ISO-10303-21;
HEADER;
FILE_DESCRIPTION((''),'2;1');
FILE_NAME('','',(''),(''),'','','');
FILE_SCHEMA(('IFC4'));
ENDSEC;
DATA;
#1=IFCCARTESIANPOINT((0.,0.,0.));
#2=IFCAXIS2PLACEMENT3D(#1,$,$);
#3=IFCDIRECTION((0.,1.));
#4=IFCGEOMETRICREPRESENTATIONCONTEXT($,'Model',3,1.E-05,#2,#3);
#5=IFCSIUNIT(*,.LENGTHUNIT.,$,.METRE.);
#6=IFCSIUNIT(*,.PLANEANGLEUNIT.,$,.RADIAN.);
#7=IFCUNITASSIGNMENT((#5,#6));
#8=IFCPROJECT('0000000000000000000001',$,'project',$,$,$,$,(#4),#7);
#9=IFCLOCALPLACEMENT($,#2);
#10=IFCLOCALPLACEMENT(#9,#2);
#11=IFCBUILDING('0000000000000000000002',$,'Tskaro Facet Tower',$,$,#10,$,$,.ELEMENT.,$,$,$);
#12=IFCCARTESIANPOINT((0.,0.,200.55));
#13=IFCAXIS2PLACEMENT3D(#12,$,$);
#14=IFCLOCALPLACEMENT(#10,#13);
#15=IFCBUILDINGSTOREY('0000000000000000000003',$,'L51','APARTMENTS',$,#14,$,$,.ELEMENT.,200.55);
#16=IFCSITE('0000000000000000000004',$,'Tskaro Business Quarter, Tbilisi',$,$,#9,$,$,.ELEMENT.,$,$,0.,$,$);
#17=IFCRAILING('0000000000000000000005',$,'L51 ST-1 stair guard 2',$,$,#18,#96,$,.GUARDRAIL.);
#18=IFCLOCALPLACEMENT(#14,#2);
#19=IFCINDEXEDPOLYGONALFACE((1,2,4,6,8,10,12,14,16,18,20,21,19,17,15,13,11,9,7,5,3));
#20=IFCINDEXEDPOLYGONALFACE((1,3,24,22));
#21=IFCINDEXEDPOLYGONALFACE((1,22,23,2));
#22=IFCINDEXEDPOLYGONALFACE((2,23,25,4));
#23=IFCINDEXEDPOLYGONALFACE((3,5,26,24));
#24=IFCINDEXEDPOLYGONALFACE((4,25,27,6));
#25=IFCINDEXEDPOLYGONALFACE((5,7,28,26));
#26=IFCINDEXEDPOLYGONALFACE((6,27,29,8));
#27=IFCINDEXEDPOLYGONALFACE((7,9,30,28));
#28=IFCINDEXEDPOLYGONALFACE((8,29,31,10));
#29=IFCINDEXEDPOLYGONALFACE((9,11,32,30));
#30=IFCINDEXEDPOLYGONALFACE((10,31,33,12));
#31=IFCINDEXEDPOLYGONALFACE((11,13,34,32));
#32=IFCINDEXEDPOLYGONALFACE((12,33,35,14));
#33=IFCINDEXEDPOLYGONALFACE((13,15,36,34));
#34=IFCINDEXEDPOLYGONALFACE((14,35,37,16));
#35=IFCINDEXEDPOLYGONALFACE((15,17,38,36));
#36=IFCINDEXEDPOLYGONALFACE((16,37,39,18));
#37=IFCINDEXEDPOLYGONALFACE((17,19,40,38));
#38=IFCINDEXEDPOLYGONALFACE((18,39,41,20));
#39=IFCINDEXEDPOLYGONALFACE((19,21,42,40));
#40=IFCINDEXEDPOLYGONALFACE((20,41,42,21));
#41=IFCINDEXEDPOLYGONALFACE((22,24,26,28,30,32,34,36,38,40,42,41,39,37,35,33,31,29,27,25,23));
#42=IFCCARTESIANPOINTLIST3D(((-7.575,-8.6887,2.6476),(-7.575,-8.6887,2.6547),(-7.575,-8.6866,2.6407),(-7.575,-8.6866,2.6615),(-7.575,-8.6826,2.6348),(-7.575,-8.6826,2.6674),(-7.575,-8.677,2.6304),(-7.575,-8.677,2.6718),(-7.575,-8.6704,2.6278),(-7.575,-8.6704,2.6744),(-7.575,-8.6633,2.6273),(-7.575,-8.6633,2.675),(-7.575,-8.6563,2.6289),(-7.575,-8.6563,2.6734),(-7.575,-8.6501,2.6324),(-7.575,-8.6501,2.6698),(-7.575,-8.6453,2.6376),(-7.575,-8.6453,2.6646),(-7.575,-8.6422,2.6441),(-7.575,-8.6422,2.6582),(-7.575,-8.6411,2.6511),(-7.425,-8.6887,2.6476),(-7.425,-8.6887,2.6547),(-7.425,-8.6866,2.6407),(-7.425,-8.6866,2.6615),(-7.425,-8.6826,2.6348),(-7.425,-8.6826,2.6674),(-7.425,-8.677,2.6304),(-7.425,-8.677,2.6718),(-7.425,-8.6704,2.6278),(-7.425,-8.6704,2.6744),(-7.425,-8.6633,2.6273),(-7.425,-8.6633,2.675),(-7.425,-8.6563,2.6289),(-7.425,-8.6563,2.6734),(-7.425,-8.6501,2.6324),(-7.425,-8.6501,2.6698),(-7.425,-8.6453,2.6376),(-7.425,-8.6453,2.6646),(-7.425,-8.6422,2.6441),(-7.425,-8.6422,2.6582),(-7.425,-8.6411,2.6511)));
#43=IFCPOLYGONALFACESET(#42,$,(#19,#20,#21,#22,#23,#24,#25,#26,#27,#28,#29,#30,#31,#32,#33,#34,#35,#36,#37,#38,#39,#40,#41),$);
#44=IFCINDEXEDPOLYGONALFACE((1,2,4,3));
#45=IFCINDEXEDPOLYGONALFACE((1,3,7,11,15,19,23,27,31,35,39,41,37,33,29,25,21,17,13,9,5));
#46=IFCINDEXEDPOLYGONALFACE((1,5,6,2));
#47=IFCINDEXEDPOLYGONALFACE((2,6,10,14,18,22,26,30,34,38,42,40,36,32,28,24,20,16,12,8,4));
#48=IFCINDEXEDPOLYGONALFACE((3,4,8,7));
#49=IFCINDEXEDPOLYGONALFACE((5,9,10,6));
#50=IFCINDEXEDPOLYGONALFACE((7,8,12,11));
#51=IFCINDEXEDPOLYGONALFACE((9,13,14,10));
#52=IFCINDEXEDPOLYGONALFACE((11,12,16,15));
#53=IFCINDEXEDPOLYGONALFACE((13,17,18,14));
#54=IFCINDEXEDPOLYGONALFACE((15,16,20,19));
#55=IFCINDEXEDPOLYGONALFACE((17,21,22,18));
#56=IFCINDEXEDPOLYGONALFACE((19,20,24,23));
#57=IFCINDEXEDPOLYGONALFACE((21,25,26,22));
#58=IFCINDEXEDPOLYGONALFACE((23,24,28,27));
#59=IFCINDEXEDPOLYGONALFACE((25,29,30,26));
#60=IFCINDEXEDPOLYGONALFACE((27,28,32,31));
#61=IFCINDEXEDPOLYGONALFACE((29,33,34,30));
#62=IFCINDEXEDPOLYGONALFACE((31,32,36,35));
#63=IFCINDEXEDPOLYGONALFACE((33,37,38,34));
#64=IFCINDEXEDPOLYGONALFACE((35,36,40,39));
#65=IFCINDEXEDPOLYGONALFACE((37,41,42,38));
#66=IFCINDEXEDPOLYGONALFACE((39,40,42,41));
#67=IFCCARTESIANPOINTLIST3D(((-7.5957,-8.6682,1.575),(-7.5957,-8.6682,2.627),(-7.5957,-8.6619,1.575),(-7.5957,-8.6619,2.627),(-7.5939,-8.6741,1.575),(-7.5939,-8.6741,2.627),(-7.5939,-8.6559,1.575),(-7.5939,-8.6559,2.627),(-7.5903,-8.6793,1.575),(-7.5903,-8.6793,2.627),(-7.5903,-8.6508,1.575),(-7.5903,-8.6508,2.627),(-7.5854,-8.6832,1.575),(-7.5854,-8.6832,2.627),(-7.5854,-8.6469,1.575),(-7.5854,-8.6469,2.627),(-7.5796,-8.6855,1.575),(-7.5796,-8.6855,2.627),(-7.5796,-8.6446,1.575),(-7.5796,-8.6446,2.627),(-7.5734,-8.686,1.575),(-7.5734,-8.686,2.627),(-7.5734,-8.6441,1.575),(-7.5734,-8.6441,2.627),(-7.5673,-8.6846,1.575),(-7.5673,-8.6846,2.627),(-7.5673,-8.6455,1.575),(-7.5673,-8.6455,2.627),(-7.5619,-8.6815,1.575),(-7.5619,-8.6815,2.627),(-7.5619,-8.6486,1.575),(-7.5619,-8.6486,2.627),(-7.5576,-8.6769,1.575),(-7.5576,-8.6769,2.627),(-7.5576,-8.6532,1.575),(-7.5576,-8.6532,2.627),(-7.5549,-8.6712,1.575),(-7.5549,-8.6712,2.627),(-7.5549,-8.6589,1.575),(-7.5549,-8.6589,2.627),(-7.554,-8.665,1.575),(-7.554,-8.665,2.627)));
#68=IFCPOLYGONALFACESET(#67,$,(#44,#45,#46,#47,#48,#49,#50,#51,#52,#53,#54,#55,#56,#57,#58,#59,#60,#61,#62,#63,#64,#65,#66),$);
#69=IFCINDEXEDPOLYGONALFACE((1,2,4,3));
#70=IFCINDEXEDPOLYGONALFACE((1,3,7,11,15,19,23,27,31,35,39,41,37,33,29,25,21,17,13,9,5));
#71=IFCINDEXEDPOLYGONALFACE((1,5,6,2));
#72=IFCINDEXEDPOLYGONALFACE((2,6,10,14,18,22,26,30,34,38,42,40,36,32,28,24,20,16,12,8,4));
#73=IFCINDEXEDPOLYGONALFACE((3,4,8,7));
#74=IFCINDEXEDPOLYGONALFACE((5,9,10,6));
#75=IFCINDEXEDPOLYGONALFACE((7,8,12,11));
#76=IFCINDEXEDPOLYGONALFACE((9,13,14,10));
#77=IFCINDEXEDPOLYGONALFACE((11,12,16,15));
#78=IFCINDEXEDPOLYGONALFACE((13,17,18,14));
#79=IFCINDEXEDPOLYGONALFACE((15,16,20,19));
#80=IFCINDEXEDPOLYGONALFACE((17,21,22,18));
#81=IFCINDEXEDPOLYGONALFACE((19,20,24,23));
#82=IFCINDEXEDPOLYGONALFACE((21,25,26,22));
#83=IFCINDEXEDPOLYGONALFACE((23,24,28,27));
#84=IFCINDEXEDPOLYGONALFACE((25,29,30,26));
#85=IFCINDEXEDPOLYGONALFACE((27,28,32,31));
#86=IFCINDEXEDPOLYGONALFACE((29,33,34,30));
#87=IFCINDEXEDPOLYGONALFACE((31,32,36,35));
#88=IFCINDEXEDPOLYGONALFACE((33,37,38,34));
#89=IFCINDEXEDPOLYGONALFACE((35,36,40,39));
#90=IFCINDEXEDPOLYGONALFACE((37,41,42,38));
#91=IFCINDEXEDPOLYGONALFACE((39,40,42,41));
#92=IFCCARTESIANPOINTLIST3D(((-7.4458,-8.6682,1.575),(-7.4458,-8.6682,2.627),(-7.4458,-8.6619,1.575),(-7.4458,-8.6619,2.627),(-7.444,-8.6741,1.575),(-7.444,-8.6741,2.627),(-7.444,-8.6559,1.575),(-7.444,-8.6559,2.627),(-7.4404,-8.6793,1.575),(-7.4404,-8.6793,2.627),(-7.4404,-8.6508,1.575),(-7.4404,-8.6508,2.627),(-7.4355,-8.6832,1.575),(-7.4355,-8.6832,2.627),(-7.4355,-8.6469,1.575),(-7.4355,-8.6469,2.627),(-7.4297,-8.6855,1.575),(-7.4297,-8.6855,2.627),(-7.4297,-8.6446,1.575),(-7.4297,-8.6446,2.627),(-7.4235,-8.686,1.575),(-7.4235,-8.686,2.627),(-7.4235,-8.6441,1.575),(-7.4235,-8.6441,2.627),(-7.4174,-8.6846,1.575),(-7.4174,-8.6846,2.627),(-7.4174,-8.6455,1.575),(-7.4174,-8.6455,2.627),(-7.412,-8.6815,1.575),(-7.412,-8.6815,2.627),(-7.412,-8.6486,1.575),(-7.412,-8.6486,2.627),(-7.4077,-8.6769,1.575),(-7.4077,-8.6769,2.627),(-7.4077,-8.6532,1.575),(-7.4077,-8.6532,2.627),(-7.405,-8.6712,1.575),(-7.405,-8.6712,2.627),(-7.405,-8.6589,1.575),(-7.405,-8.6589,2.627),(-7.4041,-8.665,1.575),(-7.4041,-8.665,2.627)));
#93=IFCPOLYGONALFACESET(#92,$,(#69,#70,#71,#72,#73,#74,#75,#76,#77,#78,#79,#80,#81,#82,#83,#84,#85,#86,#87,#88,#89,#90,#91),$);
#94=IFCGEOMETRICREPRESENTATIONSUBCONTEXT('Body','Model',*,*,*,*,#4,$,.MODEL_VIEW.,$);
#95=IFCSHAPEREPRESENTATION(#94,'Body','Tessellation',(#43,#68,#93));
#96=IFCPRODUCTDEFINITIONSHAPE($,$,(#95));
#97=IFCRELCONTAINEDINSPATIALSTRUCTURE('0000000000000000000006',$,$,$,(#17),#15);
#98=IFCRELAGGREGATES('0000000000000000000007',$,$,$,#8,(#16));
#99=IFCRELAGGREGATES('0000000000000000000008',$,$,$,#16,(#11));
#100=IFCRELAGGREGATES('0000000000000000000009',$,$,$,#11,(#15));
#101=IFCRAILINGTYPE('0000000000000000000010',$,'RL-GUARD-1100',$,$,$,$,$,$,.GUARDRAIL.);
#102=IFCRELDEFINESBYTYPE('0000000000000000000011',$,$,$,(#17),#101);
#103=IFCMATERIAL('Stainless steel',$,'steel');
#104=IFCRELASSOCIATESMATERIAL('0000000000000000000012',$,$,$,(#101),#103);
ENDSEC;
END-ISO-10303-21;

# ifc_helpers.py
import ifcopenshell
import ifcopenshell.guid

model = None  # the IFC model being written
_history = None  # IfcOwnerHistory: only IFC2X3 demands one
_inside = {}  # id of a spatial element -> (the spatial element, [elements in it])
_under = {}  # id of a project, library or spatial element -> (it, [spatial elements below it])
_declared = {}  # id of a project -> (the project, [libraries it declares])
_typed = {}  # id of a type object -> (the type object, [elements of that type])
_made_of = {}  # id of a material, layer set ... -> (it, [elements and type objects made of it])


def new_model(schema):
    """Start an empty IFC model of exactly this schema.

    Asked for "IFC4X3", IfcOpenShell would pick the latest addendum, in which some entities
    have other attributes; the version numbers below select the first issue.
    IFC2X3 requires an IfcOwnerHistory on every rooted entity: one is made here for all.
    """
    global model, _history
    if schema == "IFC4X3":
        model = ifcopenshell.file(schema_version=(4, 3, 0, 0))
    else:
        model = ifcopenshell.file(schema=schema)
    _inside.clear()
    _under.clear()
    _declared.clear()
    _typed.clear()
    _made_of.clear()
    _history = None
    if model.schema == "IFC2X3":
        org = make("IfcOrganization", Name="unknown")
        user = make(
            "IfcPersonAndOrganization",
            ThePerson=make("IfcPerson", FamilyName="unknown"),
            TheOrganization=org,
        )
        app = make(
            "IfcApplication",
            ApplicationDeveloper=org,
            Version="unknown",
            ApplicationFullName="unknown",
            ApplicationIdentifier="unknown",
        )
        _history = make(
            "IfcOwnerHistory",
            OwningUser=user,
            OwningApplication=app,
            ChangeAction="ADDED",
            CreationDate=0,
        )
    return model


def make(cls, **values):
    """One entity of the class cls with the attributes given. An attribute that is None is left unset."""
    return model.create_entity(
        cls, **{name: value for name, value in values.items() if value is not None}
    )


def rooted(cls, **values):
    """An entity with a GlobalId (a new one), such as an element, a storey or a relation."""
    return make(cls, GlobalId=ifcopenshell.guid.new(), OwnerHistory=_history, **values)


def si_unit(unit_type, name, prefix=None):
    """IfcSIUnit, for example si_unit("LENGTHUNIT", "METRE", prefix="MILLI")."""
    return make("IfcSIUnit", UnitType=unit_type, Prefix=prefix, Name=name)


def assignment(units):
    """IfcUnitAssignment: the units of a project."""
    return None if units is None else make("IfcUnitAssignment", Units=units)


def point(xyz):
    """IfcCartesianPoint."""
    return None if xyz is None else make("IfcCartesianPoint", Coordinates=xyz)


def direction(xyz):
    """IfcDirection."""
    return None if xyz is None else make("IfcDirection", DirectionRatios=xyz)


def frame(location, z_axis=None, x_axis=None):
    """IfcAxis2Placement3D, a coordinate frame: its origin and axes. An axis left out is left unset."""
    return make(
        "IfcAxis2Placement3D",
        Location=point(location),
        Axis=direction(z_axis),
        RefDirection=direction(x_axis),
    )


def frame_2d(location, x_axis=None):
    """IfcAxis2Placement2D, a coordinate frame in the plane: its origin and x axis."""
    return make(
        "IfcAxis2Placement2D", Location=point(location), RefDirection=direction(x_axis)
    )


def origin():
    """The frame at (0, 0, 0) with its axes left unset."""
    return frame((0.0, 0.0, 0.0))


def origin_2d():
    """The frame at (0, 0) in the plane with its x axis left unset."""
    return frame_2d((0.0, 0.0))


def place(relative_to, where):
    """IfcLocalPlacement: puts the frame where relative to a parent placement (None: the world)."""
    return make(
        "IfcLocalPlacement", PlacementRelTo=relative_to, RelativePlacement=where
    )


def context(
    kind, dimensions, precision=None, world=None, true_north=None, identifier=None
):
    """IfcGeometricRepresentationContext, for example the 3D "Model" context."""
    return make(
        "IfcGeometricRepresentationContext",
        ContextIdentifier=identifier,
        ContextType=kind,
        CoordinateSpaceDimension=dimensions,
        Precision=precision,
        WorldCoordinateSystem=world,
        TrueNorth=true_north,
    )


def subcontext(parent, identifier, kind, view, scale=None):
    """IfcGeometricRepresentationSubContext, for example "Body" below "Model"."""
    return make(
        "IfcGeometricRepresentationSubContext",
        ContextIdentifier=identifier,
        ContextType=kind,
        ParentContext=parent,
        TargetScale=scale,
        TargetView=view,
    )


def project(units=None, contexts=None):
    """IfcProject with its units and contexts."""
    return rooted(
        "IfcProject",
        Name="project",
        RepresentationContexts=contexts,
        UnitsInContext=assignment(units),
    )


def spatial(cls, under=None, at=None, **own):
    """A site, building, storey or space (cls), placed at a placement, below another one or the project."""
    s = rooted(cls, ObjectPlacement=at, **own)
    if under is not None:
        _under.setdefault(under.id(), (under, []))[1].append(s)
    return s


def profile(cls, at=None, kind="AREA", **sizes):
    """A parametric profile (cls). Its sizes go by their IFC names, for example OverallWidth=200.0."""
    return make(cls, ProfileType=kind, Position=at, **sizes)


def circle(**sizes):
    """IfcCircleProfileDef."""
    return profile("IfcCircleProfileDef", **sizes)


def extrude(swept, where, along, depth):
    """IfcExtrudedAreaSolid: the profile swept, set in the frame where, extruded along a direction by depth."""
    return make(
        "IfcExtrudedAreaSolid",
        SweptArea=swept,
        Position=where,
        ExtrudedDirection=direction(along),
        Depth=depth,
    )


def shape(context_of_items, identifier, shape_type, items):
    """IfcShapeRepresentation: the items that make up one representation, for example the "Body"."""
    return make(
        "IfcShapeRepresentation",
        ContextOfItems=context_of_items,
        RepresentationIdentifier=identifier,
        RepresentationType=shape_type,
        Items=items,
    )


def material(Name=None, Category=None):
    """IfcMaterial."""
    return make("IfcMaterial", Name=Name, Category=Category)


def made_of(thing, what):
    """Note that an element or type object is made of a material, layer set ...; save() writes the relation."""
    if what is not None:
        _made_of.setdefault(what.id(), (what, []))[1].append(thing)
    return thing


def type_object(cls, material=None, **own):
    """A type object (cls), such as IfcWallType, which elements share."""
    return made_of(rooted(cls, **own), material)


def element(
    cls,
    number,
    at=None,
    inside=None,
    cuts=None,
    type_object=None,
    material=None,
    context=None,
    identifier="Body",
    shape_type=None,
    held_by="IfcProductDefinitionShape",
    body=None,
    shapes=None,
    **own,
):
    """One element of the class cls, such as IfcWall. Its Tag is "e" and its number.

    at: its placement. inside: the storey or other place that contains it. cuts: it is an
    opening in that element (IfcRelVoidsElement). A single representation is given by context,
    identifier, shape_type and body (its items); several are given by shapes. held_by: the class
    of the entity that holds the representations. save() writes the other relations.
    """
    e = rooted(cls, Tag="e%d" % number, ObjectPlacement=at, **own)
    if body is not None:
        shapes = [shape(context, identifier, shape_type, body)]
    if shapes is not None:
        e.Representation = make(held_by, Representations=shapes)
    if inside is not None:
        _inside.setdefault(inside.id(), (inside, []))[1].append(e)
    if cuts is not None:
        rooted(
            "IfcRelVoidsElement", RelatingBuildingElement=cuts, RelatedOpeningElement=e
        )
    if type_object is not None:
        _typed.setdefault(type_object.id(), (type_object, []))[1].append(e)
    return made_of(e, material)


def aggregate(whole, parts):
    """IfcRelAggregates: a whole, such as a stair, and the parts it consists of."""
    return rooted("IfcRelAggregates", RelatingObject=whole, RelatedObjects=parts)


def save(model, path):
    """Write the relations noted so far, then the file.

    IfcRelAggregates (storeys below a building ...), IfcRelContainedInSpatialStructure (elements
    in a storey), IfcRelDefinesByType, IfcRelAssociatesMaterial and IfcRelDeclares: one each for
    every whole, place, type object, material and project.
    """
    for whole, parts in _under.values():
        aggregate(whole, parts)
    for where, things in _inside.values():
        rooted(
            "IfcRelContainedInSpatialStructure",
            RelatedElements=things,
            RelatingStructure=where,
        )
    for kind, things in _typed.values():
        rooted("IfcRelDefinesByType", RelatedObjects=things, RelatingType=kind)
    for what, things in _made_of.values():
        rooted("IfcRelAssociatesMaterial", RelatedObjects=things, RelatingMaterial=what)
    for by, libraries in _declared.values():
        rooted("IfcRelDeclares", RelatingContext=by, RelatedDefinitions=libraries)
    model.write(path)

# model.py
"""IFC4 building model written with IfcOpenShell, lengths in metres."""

from ifc_helpers import new_model, si_unit, direction, frame, origin, origin_2d, place, context, subcontext, project, spatial, circle, extrude, material, type_object, element, save


model = new_model("IFC4")

# Units and contexts
model_context = context("Model", 3, precision=1e-05, world=origin(), true_north=direction((0.0, 1.0)))
body_context = subcontext(model_context, "Body", "Model", "MODEL_VIEW")
ifc_project = project(units=[si_unit("LENGTHUNIT", "METRE"), si_unit("PLANEANGLEUNIT", "RADIAN")], contexts=[model_context])

# Site, building, storey
site_placement = place(None, origin())
site = spatial("IfcSite", under=ifc_project, at=site_placement, Name="Tskaro Business Quarter, Tbilisi", CompositionType="ELEMENT", RefElevation=0.0)
building_placement = place(site_placement, origin())
building = spatial("IfcBuilding", under=site, at=building_placement, Name="Tskaro Facet Tower", CompositionType="ELEMENT")
storey_placement = place(building_placement, frame((0.0, 0.0, 200.55)))
storey = spatial("IfcBuildingStorey", under=building, at=storey_placement, Name="L51", Description="APARTMENTS", CompositionType="ELEMENT", Elevation=200.55)

# Shared definitions
ifc_material_1 = material(Name="Stainless steel", Category="steel")

# Railing
railing_type_1 = type_object("IfcRailingType", Name="RL-GUARD-1100", PredefinedType="GUARDRAIL", material=ifc_material_1)
railing_1_placement = place(storey_placement, frame((-7.575, -8.665, 1.575)))
element("IfcRailing", 1, at=railing_1_placement, inside=storey, type_object=railing_type_1, Name="L51 ST-1 stair guard 2", PredefinedType="GUARDRAIL", context=body_context, shape_type="SweptSolid", body=[
    extrude(circle(Radius=0.0239, at=origin_2d()), frame((0.0, 0.0, 1.0762), z_axis=(1.0, 0.0, 0.0), x_axis=(0.0, 1.0, 0.0)), (0.0, 0.0, 1.0), 0.1499),
    extrude(circle(Radius=0.021, at=origin_2d()), origin(), (0.0, 0.0, 1.0), 1.052),
    extrude(circle(Radius=0.021, at=origin_2d()), frame((0.1499, 0.0, 0.0)), (0.0, 0.0, 1.0), 1.052),
])

save(model, "model.ifc")
